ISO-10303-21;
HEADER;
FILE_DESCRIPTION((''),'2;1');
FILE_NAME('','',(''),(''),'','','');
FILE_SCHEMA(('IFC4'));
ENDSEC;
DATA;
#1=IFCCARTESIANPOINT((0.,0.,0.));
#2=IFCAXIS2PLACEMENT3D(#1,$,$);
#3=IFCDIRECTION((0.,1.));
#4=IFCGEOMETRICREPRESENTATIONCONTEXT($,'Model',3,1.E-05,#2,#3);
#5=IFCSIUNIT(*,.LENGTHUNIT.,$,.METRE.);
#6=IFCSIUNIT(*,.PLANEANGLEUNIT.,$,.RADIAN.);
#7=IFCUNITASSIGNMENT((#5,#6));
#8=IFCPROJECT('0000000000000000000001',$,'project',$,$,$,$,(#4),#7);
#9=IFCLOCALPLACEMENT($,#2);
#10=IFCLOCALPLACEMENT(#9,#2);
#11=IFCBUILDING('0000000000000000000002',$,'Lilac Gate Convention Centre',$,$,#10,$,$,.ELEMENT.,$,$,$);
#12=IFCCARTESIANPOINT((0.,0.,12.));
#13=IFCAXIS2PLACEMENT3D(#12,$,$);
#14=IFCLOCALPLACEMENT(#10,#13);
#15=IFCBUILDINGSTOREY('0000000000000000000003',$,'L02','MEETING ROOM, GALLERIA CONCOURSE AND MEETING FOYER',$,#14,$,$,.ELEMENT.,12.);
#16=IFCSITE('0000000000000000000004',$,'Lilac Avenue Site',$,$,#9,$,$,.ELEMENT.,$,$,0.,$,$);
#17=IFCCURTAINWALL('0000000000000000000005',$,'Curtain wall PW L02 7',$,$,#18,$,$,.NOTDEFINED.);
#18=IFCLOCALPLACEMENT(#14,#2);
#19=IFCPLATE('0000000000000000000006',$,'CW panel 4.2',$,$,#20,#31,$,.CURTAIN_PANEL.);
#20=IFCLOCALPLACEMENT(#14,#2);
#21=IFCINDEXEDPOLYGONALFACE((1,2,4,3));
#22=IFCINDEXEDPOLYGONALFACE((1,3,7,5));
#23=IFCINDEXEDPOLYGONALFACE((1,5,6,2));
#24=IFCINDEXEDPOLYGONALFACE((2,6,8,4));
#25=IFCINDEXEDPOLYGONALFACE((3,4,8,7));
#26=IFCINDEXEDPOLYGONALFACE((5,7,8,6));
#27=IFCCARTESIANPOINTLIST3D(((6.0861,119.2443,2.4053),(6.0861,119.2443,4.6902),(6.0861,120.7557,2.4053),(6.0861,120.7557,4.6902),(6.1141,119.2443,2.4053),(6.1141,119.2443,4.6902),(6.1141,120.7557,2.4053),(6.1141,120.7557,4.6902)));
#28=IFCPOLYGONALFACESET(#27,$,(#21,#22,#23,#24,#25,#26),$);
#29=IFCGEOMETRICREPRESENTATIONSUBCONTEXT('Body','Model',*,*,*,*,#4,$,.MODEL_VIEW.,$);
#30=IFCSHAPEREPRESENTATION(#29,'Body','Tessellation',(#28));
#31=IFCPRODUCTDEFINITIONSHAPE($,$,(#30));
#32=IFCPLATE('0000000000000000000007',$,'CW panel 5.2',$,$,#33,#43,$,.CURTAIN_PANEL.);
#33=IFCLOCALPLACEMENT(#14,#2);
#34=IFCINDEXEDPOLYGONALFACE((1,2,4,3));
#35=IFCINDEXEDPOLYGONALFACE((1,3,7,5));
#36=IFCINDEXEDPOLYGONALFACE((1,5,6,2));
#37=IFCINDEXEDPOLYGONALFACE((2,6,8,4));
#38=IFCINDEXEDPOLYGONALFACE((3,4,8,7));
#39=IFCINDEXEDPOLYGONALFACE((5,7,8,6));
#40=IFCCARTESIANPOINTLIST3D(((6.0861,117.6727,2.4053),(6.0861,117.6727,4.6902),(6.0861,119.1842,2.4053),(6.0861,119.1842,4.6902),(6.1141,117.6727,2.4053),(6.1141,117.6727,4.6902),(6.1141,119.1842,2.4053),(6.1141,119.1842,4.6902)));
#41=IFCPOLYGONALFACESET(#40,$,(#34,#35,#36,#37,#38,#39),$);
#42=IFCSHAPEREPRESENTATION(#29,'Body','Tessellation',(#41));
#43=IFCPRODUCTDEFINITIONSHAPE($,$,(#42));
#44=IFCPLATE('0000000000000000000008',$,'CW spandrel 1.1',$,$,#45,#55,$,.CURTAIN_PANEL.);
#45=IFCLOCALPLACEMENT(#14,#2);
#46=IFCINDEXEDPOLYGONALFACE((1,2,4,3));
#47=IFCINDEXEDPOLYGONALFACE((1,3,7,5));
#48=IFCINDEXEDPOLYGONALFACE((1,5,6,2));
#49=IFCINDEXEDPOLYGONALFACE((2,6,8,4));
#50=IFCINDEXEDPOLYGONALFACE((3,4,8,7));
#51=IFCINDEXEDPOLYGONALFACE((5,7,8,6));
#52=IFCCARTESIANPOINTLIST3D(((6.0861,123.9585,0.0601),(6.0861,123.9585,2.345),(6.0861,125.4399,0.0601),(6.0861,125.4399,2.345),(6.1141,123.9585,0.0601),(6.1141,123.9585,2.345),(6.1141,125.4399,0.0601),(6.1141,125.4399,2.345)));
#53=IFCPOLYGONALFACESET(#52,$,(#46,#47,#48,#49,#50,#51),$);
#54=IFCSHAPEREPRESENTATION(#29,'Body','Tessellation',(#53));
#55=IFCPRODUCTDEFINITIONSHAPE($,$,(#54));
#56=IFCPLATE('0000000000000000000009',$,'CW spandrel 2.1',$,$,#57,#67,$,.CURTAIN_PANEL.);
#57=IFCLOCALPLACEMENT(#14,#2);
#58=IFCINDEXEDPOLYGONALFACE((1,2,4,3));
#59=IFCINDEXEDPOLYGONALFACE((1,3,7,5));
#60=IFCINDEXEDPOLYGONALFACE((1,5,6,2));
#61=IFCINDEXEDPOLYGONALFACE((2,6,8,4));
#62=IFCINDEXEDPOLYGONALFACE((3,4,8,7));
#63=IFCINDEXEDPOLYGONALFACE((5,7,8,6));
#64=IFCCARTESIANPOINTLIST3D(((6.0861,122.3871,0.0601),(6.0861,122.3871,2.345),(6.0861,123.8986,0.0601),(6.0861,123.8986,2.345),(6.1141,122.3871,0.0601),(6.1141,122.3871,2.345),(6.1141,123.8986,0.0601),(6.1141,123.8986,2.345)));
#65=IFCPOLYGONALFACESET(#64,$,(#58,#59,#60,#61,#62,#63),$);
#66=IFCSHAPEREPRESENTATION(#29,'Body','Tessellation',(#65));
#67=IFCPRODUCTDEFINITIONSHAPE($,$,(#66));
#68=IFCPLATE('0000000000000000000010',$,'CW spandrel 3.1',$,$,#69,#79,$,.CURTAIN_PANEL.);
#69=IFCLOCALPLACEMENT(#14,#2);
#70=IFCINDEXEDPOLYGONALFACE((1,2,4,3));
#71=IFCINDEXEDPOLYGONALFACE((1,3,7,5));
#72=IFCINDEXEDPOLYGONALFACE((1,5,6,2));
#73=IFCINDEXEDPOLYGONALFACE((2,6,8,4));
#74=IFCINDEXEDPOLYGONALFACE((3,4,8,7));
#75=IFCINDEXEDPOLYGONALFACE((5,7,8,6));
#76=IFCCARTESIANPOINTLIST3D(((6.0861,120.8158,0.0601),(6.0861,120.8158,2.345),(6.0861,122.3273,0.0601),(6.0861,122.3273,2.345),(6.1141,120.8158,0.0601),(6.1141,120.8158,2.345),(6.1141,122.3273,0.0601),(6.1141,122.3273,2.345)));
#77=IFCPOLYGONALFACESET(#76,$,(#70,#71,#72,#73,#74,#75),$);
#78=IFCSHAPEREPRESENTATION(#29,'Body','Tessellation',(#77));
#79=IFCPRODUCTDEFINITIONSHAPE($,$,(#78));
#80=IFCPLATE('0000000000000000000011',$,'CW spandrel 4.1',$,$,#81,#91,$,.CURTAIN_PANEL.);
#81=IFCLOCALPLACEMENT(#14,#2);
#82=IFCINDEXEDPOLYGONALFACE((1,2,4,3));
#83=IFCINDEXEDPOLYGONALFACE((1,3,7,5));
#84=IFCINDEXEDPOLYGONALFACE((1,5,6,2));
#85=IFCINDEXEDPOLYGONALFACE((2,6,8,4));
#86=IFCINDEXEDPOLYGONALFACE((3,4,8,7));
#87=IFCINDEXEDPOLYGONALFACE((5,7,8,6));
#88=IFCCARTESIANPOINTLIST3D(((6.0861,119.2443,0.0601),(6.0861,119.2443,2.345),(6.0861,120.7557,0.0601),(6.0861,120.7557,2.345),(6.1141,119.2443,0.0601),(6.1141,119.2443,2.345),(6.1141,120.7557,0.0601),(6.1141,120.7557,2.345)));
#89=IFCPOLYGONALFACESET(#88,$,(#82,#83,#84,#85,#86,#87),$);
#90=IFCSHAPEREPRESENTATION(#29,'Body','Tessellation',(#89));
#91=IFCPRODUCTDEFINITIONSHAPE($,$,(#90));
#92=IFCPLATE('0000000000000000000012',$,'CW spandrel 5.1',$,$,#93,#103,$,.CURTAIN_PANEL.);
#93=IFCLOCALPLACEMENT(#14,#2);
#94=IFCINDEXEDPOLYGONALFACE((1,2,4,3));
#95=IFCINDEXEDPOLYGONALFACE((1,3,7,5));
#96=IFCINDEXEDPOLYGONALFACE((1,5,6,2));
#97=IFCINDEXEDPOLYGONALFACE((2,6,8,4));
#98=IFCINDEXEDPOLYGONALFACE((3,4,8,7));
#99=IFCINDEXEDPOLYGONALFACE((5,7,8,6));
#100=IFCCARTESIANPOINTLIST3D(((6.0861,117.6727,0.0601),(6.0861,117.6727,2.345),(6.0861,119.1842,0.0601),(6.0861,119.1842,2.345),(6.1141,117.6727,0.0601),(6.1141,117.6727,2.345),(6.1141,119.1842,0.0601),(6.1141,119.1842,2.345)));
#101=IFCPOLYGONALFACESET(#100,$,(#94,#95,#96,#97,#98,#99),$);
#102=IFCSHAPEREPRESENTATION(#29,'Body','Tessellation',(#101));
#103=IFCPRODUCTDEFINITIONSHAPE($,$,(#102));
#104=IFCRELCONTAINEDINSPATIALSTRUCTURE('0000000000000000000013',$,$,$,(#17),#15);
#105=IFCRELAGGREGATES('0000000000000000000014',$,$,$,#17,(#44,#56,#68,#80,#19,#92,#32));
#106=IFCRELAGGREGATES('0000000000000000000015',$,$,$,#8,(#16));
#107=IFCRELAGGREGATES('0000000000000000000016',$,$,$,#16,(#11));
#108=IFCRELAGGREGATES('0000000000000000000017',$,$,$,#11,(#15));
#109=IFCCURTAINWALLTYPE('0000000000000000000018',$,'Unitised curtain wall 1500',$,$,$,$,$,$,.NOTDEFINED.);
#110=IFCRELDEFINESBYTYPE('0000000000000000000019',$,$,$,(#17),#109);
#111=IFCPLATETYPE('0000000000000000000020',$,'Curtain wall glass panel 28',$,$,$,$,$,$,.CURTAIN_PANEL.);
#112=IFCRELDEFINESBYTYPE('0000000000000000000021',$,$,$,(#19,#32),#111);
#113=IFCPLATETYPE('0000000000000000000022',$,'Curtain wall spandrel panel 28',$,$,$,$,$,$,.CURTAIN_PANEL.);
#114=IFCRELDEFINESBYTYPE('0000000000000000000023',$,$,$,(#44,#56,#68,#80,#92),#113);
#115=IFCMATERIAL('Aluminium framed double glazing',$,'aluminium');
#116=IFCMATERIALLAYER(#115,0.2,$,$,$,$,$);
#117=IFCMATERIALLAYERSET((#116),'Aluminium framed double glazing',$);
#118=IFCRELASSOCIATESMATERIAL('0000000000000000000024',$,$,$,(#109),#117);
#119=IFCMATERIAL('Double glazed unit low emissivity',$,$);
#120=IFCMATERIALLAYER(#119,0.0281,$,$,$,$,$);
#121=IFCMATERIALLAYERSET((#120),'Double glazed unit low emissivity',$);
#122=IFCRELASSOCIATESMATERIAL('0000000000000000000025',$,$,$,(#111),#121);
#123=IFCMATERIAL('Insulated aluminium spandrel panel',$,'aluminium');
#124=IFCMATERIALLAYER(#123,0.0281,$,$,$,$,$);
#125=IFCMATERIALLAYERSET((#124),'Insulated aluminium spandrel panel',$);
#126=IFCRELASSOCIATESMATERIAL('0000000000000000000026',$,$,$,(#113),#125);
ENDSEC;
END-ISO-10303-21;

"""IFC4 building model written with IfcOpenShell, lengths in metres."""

from ifc_helpers import new_model, si_unit, direction, frame, origin, origin_2d, place, context, subcontext, project, spatial, rectangle, extrude, material, layer, layer_set, type_object, element, aggregate, save


model = new_model("IFC4")

# Units and contexts
model_context = context("Model", 3, precision=1e-05, world=origin(), true_north=direction((0.0, 1.0)))
body_context = subcontext(model_context, "Body", "Model", "MODEL_VIEW")
ifc_project = project(units=[si_unit("LENGTHUNIT", "METRE"), si_unit("PLANEANGLEUNIT", "RADIAN")], contexts=[model_context])

# Site, building, storey
site_placement = place(None, origin())
site = spatial("IfcSite", under=ifc_project, at=site_placement, Name="Lilac Avenue Site", CompositionType="ELEMENT", RefElevation=0.0)
building_placement = place(site_placement, origin())
building = spatial("IfcBuilding", under=site, at=building_placement, Name="Lilac Gate Convention Centre", CompositionType="ELEMENT")
storey_placement = place(building_placement, frame((0.0, 0.0, 12.0)))
storey = spatial("IfcBuildingStorey", under=building, at=storey_placement, Name="L02", Description="MEETING ROOM, GALLERIA CONCOURSE AND MEETING FOYER", CompositionType="ELEMENT", Elevation=12.0)

# Curtain wall
ifc_material_1 = material(Name="Aluminium framed double glazing", Category="aluminium")
ifc_layer_1 = layer(ifc_material_1, 0.2)
ifc_layer_set_1 = layer_set([ifc_layer_1], Name="Aluminium framed double glazing")
curtain_wall_type = type_object("IfcCurtainWallType", Name="Unitised curtain wall 1500", PredefinedType="NOTDEFINED", material=ifc_layer_set_1)
curtain_wall_placement = place(storey_placement, origin())
curtain_wall = element("IfcCurtainWall", 1, at=curtain_wall_placement, inside=storey, type_object=curtain_wall_type, Name="Curtain wall PW L02 7", PredefinedType="NOTDEFINED")

# Plates
ifc_material_2 = material(Name="Double glazed unit low emissivity")
ifc_layer_2 = layer(ifc_material_2, 0.0281)
ifc_layer_set_2 = layer_set([ifc_layer_2], Name="Double glazed unit low emissivity")
plate_type_1 = type_object("IfcPlateType", Name="Curtain wall glass panel 28", PredefinedType="CURTAIN_PANEL", material=ifc_layer_set_2)
plate_1_placement = place(storey_placement, frame((6.1001, 120.0, 2.4053), z_axis=(0.0, 0.0, 1.0), x_axis=(0.0, -1.0, 0.0)))
plate_1 = element("IfcPlate", 2, at=plate_1_placement, type_object=plate_type_1, Name="CW panel 4.2", PredefinedType="CURTAIN_PANEL", context=body_context, shape_type="SweptSolid", body=[
    extrude(rectangle(XDim=1.5115, YDim=0.0281, at=origin_2d()), origin(), (0.0, 0.0, 1.0), 2.2849),
])
plate_2_placement = place(storey_placement, frame((6.1001, 118.4285, 2.4053), z_axis=(0.0, 0.0, 1.0), x_axis=(0.0, -1.0, 0.0)))
plate_2 = element("IfcPlate", 3, at=plate_2_placement, type_object=plate_type_1, Name="CW panel 5.2", PredefinedType="CURTAIN_PANEL", context=body_context, shape_type="SweptSolid", body=[
    extrude(rectangle(XDim=1.5115, YDim=0.0281, at=origin_2d()), origin(), (0.0, 0.0, 1.0), 2.2849),
])
ifc_material_3 = material(Name="Insulated aluminium spandrel panel", Category="aluminium")
ifc_layer_3 = layer(ifc_material_3, 0.0281)
ifc_layer_set_3 = layer_set([ifc_layer_3], Name="Insulated aluminium spandrel panel")
plate_type_2 = type_object("IfcPlateType", Name="Curtain wall spandrel panel 28", PredefinedType="CURTAIN_PANEL", material=ifc_layer_set_3)
plate_3_placement = place(storey_placement, frame((6.1001, 124.6992, 0.0601), z_axis=(0.0, 0.0, 1.0), x_axis=(0.0, -1.0, 0.0)))
plate_3 = element("IfcPlate", 4, at=plate_3_placement, type_object=plate_type_2, Name="CW spandrel 1.1", PredefinedType="CURTAIN_PANEL", context=body_context, shape_type="SweptSolid", body=[
    extrude(rectangle(XDim=1.4814, YDim=0.0281, at=origin_2d()), origin(), (0.0, 0.0, 1.0), 2.2849),
])
plate_4_placement = place(storey_placement, frame((6.1001, 123.1428, 0.0601), z_axis=(0.0, 0.0, 1.0), x_axis=(0.0, -1.0, 0.0)))
plate_4 = element("IfcPlate", 5, at=plate_4_placement, type_object=plate_type_2, Name="CW spandrel 2.1", PredefinedType="CURTAIN_PANEL", context=body_context, shape_type="SweptSolid", body=[
    extrude(rectangle(XDim=1.5115, YDim=0.0281, at=origin_2d()), origin(), (0.0, 0.0, 1.0), 2.2849),
])
plate_5_placement = place(storey_placement, frame((6.1001, 121.5715, 0.0601), z_axis=(0.0, 0.0, 1.0), x_axis=(0.0, -1.0, 0.0)))
plate_5 = element("IfcPlate", 6, at=plate_5_placement, type_object=plate_type_2, Name="CW spandrel 3.1", PredefinedType="CURTAIN_PANEL", context=body_context, shape_type="SweptSolid", body=[
    extrude(rectangle(XDim=1.5115, YDim=0.0281, at=origin_2d()), origin(), (0.0, 0.0, 1.0), 2.2849),
])
plate_6_placement = place(storey_placement, frame((6.1001, 120.0, 0.0601), z_axis=(0.0, 0.0, 1.0), x_axis=(0.0, -1.0, 0.0)))
plate_6 = element("IfcPlate", 7, at=plate_6_placement, type_object=plate_type_2, Name="CW spandrel 4.1", PredefinedType="CURTAIN_PANEL", context=body_context, shape_type="SweptSolid", body=[
    extrude(rectangle(XDim=1.5115, YDim=0.0281, at=origin_2d()), origin(), (0.0, 0.0, 1.0), 2.2849),
])
plate_7_placement = place(storey_placement, frame((6.1001, 118.4285, 0.0601), z_axis=(0.0, 0.0, 1.0), x_axis=(0.0, -1.0, 0.0)))
plate_7 = element("IfcPlate", 8, at=plate_7_placement, type_object=plate_type_2, Name="CW spandrel 5.1", PredefinedType="CURTAIN_PANEL", context=body_context, shape_type="SweptSolid", body=[
    extrude(rectangle(XDim=1.5115, YDim=0.0281, at=origin_2d()), origin(), (0.0, 0.0, 1.0), 2.2849),
])
aggregate(curtain_wall, [plate_3, plate_4, plate_5, plate_6, plate_1, plate_7, plate_2])

save(model, "model.ifc")
